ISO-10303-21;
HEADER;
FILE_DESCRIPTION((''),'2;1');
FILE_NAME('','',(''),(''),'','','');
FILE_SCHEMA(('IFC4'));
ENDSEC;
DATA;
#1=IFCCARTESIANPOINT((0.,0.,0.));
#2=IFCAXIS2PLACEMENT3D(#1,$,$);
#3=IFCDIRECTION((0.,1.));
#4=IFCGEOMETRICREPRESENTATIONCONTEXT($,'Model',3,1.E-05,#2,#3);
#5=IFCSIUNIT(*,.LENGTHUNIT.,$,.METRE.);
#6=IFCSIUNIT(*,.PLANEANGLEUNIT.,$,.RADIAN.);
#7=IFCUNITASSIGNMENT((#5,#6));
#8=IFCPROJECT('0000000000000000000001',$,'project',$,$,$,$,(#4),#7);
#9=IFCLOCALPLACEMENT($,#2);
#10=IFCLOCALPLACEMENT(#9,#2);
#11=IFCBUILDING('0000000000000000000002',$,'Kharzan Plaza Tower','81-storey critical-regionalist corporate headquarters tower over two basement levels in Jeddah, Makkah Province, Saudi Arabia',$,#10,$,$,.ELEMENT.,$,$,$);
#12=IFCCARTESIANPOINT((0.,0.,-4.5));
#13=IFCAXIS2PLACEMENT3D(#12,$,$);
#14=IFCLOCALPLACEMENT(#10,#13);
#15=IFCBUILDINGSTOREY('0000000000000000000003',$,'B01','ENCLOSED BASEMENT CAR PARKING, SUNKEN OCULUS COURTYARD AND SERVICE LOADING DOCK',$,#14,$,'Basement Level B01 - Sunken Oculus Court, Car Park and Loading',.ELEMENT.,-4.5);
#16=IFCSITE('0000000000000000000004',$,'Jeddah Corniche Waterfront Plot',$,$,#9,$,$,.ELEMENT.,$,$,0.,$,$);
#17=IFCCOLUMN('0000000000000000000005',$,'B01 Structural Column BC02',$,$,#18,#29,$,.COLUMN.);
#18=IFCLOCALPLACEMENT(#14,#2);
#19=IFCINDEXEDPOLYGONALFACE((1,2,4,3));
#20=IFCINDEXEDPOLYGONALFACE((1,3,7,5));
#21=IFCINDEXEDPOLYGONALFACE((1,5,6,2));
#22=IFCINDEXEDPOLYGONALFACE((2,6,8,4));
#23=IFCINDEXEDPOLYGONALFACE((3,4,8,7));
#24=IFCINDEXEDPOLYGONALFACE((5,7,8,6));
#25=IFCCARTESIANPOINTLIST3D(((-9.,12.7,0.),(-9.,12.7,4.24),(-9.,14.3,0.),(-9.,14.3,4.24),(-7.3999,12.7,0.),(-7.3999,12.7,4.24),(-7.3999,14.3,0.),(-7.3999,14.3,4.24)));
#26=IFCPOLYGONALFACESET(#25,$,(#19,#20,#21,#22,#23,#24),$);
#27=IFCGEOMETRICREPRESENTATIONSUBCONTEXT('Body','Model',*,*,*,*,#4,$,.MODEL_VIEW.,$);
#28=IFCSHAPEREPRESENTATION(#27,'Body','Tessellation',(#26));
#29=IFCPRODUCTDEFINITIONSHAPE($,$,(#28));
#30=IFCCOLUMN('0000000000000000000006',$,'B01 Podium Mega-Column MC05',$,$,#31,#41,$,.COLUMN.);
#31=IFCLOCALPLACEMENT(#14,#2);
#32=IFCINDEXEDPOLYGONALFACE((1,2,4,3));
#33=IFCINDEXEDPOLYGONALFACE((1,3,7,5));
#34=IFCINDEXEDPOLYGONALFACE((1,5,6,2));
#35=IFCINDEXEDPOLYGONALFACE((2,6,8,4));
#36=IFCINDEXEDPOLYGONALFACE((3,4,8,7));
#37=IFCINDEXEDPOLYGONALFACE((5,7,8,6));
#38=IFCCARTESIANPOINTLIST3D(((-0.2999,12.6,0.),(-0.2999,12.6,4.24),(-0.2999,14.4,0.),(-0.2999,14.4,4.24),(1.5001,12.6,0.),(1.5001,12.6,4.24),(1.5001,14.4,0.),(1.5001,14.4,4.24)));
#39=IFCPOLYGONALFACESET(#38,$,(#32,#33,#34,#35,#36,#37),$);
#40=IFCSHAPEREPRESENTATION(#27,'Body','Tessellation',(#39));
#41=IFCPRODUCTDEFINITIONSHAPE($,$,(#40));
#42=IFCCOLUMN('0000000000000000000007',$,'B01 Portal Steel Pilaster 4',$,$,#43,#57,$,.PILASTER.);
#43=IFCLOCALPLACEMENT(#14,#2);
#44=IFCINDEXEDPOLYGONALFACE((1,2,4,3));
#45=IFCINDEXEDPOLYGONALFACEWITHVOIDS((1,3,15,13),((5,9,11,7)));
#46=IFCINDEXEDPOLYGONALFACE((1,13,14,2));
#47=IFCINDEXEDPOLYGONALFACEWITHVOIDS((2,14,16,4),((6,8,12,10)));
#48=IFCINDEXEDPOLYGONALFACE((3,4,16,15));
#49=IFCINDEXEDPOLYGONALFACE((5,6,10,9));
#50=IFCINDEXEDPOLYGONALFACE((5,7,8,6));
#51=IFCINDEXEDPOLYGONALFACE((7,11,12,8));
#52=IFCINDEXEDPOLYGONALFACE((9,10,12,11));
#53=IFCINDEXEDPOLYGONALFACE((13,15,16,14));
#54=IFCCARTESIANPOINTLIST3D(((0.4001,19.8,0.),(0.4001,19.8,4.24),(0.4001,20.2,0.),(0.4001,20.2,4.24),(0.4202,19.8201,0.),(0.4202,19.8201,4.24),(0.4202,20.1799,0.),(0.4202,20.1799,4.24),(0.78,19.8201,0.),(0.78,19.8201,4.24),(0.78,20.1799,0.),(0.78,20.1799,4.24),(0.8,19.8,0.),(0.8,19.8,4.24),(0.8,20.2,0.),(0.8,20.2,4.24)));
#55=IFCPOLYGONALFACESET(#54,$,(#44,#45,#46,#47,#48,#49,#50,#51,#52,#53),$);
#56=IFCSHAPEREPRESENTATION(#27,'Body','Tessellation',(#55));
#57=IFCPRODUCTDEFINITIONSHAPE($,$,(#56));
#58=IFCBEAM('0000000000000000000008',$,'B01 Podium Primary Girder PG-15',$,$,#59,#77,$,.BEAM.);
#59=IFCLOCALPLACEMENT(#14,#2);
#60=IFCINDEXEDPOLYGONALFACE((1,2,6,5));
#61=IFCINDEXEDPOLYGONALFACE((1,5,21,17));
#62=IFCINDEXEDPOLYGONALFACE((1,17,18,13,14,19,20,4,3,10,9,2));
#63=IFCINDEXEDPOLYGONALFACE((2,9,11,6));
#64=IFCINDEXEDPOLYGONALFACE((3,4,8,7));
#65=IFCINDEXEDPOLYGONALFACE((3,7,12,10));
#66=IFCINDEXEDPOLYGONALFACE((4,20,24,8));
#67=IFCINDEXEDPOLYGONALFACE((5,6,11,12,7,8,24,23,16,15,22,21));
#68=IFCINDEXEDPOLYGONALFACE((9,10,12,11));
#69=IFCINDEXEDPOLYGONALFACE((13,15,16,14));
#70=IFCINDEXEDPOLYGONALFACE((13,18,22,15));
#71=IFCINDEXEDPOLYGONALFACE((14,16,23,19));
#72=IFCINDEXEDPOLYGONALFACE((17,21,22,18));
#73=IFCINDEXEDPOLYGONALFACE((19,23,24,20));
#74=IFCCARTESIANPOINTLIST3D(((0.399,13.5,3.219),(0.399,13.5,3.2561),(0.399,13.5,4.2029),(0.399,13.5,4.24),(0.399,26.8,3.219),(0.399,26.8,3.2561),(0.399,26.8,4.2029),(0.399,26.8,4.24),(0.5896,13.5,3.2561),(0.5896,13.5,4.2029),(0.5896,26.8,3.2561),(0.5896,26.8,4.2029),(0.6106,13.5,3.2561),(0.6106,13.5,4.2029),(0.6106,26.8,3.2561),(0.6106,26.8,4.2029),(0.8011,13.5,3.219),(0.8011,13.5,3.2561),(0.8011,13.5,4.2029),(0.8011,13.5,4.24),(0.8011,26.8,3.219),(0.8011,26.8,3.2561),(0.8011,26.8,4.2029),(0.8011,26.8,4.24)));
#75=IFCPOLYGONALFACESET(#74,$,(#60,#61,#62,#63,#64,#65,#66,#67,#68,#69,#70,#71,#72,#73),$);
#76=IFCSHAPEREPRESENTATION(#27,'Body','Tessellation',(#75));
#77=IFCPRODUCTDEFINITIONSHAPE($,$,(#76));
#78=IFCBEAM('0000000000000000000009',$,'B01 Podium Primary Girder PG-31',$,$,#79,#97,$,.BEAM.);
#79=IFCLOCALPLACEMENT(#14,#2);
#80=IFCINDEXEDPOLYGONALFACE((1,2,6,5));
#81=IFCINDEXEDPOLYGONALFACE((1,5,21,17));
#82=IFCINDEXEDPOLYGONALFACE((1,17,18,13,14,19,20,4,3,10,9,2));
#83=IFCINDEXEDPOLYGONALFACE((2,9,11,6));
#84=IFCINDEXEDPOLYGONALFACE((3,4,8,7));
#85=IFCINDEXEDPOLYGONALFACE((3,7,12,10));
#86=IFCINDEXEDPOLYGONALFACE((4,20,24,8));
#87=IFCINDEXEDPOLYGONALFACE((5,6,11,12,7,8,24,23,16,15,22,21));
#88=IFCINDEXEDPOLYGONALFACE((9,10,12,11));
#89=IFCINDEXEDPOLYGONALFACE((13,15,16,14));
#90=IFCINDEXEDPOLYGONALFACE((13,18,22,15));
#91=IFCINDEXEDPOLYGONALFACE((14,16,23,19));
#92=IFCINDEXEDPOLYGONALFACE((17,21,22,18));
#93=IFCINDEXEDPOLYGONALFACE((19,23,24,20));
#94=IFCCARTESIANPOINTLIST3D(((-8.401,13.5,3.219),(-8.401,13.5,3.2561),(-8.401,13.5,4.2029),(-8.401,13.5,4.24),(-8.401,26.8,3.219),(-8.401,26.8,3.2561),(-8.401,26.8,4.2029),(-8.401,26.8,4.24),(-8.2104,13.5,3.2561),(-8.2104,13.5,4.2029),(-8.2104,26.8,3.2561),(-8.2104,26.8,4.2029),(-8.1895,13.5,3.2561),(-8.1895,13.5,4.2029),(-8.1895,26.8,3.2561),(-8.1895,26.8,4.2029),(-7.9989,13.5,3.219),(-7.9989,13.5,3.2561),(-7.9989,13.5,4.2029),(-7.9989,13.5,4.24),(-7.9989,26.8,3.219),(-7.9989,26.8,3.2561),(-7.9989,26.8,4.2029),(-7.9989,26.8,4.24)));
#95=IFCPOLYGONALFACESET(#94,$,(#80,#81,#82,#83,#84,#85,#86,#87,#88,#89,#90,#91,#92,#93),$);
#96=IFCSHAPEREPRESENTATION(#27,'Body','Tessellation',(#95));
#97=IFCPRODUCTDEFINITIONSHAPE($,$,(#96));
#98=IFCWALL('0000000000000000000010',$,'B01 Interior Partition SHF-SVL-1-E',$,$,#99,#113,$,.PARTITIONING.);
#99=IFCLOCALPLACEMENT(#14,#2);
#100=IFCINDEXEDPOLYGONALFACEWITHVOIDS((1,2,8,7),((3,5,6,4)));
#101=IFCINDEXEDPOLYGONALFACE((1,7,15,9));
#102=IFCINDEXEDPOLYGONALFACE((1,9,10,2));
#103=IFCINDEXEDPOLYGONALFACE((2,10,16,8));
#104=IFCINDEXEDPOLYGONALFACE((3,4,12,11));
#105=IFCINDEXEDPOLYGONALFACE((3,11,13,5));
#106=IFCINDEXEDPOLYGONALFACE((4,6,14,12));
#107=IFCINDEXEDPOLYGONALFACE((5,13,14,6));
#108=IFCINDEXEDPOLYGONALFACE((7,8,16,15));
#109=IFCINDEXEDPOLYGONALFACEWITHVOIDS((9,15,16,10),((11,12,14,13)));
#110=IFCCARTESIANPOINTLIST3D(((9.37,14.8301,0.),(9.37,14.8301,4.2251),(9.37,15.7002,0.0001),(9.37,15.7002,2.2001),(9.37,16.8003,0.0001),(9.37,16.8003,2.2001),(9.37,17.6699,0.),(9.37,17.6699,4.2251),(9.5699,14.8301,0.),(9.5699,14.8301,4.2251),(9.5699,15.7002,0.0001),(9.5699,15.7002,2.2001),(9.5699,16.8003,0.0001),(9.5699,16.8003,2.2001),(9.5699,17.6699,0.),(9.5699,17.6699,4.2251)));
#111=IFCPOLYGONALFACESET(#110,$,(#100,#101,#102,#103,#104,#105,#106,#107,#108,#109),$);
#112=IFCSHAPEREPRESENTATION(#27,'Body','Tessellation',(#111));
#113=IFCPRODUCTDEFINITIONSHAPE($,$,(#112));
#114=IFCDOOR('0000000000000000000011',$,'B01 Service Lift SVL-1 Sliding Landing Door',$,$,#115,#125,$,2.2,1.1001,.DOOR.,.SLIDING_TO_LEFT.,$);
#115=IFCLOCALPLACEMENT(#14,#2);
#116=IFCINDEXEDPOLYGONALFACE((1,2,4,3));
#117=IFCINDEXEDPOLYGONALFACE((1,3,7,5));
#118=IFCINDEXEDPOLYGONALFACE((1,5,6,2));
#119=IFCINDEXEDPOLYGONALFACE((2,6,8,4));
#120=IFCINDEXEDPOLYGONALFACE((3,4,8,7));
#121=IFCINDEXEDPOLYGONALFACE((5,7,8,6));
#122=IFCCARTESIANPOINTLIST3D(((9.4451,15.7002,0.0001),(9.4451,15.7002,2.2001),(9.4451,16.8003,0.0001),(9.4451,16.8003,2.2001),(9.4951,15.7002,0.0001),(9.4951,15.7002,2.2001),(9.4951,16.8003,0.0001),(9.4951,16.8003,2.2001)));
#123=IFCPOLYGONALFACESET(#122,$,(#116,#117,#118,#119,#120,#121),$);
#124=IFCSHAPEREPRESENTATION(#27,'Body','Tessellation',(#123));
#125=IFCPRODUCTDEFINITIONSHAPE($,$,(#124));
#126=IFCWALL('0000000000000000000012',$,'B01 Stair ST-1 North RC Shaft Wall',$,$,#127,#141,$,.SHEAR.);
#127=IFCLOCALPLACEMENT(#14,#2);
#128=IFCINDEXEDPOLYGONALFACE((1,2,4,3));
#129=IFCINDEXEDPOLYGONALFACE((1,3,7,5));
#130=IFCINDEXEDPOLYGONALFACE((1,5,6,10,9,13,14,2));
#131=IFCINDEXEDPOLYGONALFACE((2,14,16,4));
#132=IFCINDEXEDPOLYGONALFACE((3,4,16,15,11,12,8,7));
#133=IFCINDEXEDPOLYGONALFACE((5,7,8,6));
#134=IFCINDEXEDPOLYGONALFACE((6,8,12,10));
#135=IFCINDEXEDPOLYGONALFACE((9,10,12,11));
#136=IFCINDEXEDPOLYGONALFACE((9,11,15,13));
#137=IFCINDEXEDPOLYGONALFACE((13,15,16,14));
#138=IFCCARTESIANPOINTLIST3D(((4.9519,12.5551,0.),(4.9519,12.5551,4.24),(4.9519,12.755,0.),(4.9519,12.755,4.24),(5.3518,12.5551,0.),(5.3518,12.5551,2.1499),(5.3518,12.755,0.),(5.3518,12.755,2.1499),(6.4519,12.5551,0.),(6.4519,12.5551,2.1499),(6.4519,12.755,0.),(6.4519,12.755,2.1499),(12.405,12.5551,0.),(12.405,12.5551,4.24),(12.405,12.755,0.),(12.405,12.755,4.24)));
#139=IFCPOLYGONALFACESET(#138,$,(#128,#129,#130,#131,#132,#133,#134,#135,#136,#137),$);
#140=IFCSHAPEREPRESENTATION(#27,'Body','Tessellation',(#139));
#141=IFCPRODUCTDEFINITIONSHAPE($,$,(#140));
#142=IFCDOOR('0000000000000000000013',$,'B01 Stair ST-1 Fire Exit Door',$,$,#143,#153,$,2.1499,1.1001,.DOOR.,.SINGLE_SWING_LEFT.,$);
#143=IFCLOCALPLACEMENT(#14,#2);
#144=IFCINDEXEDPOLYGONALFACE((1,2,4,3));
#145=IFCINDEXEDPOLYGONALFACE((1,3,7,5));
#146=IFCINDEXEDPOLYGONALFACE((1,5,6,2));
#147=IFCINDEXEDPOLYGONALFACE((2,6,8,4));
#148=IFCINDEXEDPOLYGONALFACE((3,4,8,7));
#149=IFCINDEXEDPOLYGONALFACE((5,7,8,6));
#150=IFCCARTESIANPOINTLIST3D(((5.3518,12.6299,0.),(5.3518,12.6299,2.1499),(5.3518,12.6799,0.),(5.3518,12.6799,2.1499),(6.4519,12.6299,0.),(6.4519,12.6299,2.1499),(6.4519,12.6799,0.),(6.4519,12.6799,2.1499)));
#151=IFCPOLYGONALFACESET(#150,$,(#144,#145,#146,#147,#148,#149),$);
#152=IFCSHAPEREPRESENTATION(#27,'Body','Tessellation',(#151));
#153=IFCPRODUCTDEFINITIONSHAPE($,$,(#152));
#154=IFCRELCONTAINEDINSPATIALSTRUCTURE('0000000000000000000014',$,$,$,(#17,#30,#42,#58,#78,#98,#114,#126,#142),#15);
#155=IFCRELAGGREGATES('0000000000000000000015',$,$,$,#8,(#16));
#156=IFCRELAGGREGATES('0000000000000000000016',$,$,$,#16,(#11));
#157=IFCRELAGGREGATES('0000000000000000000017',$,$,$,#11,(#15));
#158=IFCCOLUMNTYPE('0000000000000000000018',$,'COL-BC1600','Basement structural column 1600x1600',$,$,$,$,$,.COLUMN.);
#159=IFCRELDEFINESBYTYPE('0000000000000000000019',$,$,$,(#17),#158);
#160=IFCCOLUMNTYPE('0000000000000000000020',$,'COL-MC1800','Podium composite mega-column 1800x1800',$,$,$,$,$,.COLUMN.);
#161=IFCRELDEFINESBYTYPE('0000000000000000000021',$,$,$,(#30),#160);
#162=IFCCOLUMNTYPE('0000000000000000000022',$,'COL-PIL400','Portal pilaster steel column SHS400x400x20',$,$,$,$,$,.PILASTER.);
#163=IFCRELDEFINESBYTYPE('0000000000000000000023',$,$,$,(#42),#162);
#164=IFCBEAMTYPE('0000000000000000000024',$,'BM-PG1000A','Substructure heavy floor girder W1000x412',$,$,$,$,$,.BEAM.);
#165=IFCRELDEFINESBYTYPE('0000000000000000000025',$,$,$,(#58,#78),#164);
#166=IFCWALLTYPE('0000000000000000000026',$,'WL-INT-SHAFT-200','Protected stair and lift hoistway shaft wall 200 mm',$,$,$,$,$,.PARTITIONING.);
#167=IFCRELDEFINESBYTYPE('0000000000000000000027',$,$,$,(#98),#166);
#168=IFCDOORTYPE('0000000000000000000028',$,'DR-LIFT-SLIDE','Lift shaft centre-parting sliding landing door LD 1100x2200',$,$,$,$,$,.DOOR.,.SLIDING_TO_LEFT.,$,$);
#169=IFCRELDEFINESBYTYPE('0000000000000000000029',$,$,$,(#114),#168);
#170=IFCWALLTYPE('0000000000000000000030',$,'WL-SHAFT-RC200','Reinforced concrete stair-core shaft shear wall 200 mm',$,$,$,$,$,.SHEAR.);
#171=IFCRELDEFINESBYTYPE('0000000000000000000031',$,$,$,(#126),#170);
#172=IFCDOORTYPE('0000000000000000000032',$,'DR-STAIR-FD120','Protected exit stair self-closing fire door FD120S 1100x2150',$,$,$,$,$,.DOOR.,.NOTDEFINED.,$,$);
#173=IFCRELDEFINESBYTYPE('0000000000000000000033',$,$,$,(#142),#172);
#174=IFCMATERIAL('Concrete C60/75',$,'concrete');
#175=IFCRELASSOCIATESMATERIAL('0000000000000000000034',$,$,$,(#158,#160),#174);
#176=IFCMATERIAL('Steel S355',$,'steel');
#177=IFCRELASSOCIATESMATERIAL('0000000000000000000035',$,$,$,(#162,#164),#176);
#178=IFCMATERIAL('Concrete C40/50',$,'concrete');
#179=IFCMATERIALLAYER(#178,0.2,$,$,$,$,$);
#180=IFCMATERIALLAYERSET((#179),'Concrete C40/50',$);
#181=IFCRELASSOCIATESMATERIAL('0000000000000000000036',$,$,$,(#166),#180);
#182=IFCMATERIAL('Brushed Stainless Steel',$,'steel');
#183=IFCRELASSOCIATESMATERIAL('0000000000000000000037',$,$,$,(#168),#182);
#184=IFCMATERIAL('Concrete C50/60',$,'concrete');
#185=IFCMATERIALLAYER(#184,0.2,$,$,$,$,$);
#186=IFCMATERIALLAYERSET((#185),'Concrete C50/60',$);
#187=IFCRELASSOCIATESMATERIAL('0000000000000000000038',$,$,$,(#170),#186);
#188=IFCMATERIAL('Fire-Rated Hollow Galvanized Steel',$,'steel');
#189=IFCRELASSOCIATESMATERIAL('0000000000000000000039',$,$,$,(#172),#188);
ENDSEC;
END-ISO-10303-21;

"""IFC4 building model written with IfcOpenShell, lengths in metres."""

from ifc_helpers import new_model, si_unit, direction, frame, frame_2d, origin, origin_2d, place, context, subcontext, project, spatial, rectangle, hollow_rectangle, i_section, extrude, source, transform, mapped, material, layer, layer_set, material_profile, profile_set, type_object, element, fill, save


model = new_model("IFC4")

# Units and contexts
model_context = context("Model", 3, precision=1e-05, world=origin(), true_north=direction((0.0, 1.0)))
body_context = subcontext(model_context, "Body", "Model", "MODEL_VIEW")
ifc_project = project(units=[si_unit("LENGTHUNIT", "METRE"), si_unit("PLANEANGLEUNIT", "RADIAN")], contexts=[model_context])

# Site, building, storey
site_placement = place(None, origin())
site = spatial("IfcSite", under=ifc_project, at=site_placement, Name="Jeddah Corniche Waterfront Plot", CompositionType="ELEMENT", RefElevation=0.0)
building_placement = place(site_placement, origin())
building = spatial("IfcBuilding", under=site, at=building_placement, Name="Kharzan Plaza Tower", Description="81-storey critical-regionalist corporate headquarters tower over two basement levels in Jeddah, Makkah Province, Saudi Arabia", CompositionType="ELEMENT")
storey_placement = place(building_placement, frame((0.0, 0.0, -4.5)))
storey = spatial("IfcBuildingStorey", under=building, at=storey_placement, Name="B01", Description="ENCLOSED BASEMENT CAR PARKING, SUNKEN OCULUS COURTYARD AND SERVICE LOADING DOCK", LongName="Basement Level B01 - Sunken Oculus Court, Car Park and Loading", CompositionType="ELEMENT", Elevation=-4.5)

# Columns
ifc_material_1 = material(Name="Concrete C60/75", Category="concrete")
ifc_material_profile_1 = material_profile(ifc_material_1, rectangle(XDim=1.6001, YDim=1.6001, at=origin_2d()), Name="RC-MC1600x1600")
ifc_profile_set_1 = profile_set([ifc_material_profile_1], Name="Concrete C60/75")
column_type_1 = type_object("IfcColumnType", Name="COL-BC1600", Description="Basement structural column 1600x1600", PredefinedType="COLUMN", material=ifc_profile_set_1)
shared_shape_1 = source(origin(), body_context, "Body", "SweptSolid", [
    extrude(rectangle(XDim=1.6001, YDim=1.6001, at=origin_2d()), origin(), (0.0, 0.0, 1.0), 4.24),
])
column_1_placement = place(storey_placement, frame((-8.2, 13.5, 0.0), z_axis=(0.0, 0.0, 1.0), x_axis=(1.0, 0.0, 0.0)))
element("IfcColumn", 1, at=column_1_placement, inside=storey, type_object=column_type_1, Name="B01 Structural Column BC02", PredefinedType="COLUMN", context=body_context, shape_type="MappedRepresentation", body=[
    mapped(shared_shape_1, transform((0.0, 0.0, 0.0), x_axis=(1.0, 0.0, 0.0), y_axis=(0.0, 1.0, 0.0), z_axis=(0.0, 0.0, 1.0))),
])
ifc_material_profile_2 = material_profile(ifc_material_1, rectangle(XDim=1.8, YDim=1.8, at=origin_2d()), Name="RC-MC1800x1800")
ifc_profile_set_2 = profile_set([ifc_material_profile_2], Name="Concrete C60/75")
column_type_2 = type_object("IfcColumnType", Name="COL-MC1800", Description="Podium composite mega-column 1800x1800", PredefinedType="COLUMN", material=ifc_profile_set_2)
shared_shape_2 = source(origin(), body_context, "Body", "SweptSolid", [
    extrude(rectangle(XDim=1.8, YDim=1.8, at=origin_2d()), origin(), (0.0, 0.0, 1.0), 4.24),
])
column_2_placement = place(storey_placement, frame((0.6001, 13.5, 0.0), z_axis=(0.0, 0.0, 1.0), x_axis=(1.0, 0.0, 0.0)))
element("IfcColumn", 2, at=column_2_placement, inside=storey, type_object=column_type_2, Name="B01 Podium Mega-Column MC05", PredefinedType="COLUMN", context=body_context, shape_type="MappedRepresentation", body=[
    mapped(shared_shape_2, transform((0.0, 0.0, 0.0), x_axis=(1.0, 0.0, 0.0), y_axis=(0.0, 1.0, 0.0), z_axis=(0.0, 0.0, 1.0))),
])
ifc_material_2 = material(Name="Steel S355", Category="steel")
ifc_material_profile_3 = material_profile(ifc_material_2, hollow_rectangle(XDim=0.3999, YDim=0.3999, WallThickness=0.02, at=origin_2d()), Name="SHS400x400x20")
ifc_profile_set_3 = profile_set([ifc_material_profile_3], Name="Steel S355")
column_type_3 = type_object("IfcColumnType", Name="COL-PIL400", Description="Portal pilaster steel column SHS400x400x20", PredefinedType="PILASTER", material=ifc_profile_set_3)
shared_shape_3 = source(origin(), body_context, "Body", "SweptSolid", [
    extrude(hollow_rectangle(XDim=0.3999, YDim=0.3999, WallThickness=0.02, at=origin_2d()), origin(), (0.0, 0.0, 1.0), 4.24),
])
column_3_placement = place(storey_placement, frame((0.6001, 20.0, 0.0), z_axis=(0.0, 0.0, 1.0), x_axis=(1.0, 0.0, 0.0)))
element("IfcColumn", 3, at=column_3_placement, inside=storey, type_object=column_type_3, Name="B01 Portal Steel Pilaster 4", PredefinedType="PILASTER", context=body_context, shape_type="MappedRepresentation", body=[
    mapped(shared_shape_3, transform((0.0, 0.0, 0.0), x_axis=(1.0, 0.0, 0.0), y_axis=(0.0, 1.0, 0.0), z_axis=(0.0, 0.0, 1.0))),
])

# Beams
ifc_material_profile_4 = material_profile(ifc_material_2, i_section(OverallWidth=0.4021, OverallDepth=1.021, WebThickness=0.021, FlangeThickness=0.0371, at=origin_2d()), Name="W1000x412")
ifc_profile_set_4 = profile_set([ifc_material_profile_4], Name="Steel S355")
beam_type = type_object("IfcBeamType", Name="BM-PG1000A", Description="Substructure heavy floor girder W1000x412", PredefinedType="BEAM", material=ifc_profile_set_4)
shared_shape_4 = source(origin(), body_context, "Body", "SweptSolid", [
    extrude(i_section(OverallWidth=0.4021, OverallDepth=1.021, WebThickness=0.021, FlangeThickness=0.0371, at=origin_2d()), origin(), (0.0, 0.0, 1.0), 13.3),
])
for number, where, z_axis, x_axis, name in (
    (4, (0.6001, 13.5, 3.7295), (0.0, 1.0, 0.0), (-1.0, 0.0, 0.0), "B01 Podium Primary Girder PG-15"),
    (5, (-8.2, 13.5, 3.7295), (0.0, 1.0, 0.0), (-1.0, 0.0, 0.0), "B01 Podium Primary Girder PG-31"),
):
    element("IfcBeam", number, at=place(storey_placement, frame(where, z_axis=z_axis, x_axis=x_axis)), inside=storey, type_object=beam_type, Name=name, PredefinedType="BEAM", context=body_context, shape_type="MappedRepresentation", body=[
        mapped(shared_shape_4, transform((0.0, 0.0, 0.0), x_axis=(1.0, 0.0, 0.0), y_axis=(0.0, 1.0, 0.0), z_axis=(0.0, 0.0, 1.0))),
    ])

# Walls, openings, doors
ifc_material_3 = material(Name="Concrete C40/50", Category="concrete")
ifc_layer_1 = layer(ifc_material_3, 0.2)
ifc_layer_set_1 = layer_set([ifc_layer_1], Name="Concrete C40/50")
wall_type_1 = type_object("IfcWallType", Name="WL-INT-SHAFT-200", Description="Protected stair and lift hoistway shaft wall 200 mm", PredefinedType="PARTITIONING", material=ifc_layer_set_1)
wall_1_placement = place(storey_placement, frame((9.47, 14.8301, 0.0), z_axis=(0.0, 0.0, 1.0), x_axis=(0.0, 1.0, 0.0)))
wall_1 = element("IfcWall", 6, at=wall_1_placement, inside=storey, type_object=wall_type_1, Name="B01 Interior Partition SHF-SVL-1-E", PredefinedType="PARTITIONING", context=body_context, shape_type="SweptSolid", body=[
    extrude(rectangle(XDim=2.8398, YDim=0.2, at=frame_2d((1.4199, 0.0))), origin(), (0.0, 0.0, 1.0), 4.2251),
])
opening_1_placement = place(wall_1_placement, frame((0.8701, 0.0, 0.0)))
opening_1 = element("IfcOpeningElement", 7, at=opening_1_placement, cuts=wall_1, PredefinedType="OPENING", context=body_context, shape_type="SweptSolid", body=[
    extrude(rectangle(XDim=1.1001, YDim=2.2, at=frame_2d((0.55, 1.1001))), frame((0.0, 0.1099, 0.0), z_axis=(0.0, -1.0, 0.0), x_axis=(1.0, 0.0, 0.0)), (0.0, 0.0, 1.0), 0.22),
])
ifc_material_4 = material(Name="Brushed Stainless Steel", Category="steel")
door_type_1 = type_object("IfcDoorType", Name="DR-LIFT-SLIDE", Description="Lift shaft centre-parting sliding landing door LD 1100x2200", OperationType="SLIDING_TO_LEFT", PredefinedType="DOOR", material=ifc_material_4)
shared_shape_5 = source(origin(), body_context, "Body", "SweptSolid", [
    extrude(rectangle(XDim=1.1001, YDim=2.2, at=frame_2d((0.55, 1.1001))), frame((0.0, 0.0249, 0.0), z_axis=(0.0, -1.0, 0.0), x_axis=(1.0, 0.0, 0.0)), (0.0, 0.0, 1.0), 0.05),
])
door_1_placement = place(opening_1_placement, origin())
door_1 = element("IfcDoor", 8, at=door_1_placement, inside=storey, type_object=door_type_1, Name="B01 Service Lift SVL-1 Sliding Landing Door", OperationType="SLIDING_TO_LEFT", OverallHeight=2.2, OverallWidth=1.1001, PredefinedType="DOOR", context=body_context, shape_type="MappedRepresentation", body=[
    mapped(shared_shape_5, transform((0.0, 0.0, 0.0), x_axis=(1.0, 0.0, 0.0), y_axis=(0.0, 1.0, 0.0), z_axis=(0.0, 0.0, 1.0))),
])
fill(opening_1, door_1)
ifc_material_5 = material(Name="Concrete C50/60", Category="concrete")
ifc_layer_2 = layer(ifc_material_5, 0.2)
ifc_layer_set_2 = layer_set([ifc_layer_2], Name="Concrete C50/60")
wall_type_2 = type_object("IfcWallType", Name="WL-SHAFT-RC200", Description="Reinforced concrete stair-core shaft shear wall 200 mm", PredefinedType="SHEAR", material=ifc_layer_set_2)
wall_2_placement = place(storey_placement, frame((4.9519, 12.655, 0.0), z_axis=(0.0, 0.0, 1.0), x_axis=(1.0, 0.0, 0.0)))
wall_2 = element("IfcWall", 9, at=wall_2_placement, inside=storey, type_object=wall_type_2, Name="B01 Stair ST-1 North RC Shaft Wall", PredefinedType="SHEAR", context=body_context, shape_type="SweptSolid", body=[
    extrude(rectangle(XDim=7.4531, YDim=0.2, at=frame_2d((3.7266, 0.0))), origin(), (0.0, 0.0, 1.0), 4.24),
])
opening_2_placement = place(wall_2_placement, frame((0.3999, 0.0, 0.0)))
opening_2 = element("IfcOpeningElement", 10, at=opening_2_placement, cuts=wall_2, PredefinedType="OPENING", context=body_context, shape_type="SweptSolid", body=[
    extrude(rectangle(XDim=1.1001, YDim=2.1499, at=frame_2d((0.55, 1.075))), frame((0.0, 0.1099, 0.0), z_axis=(0.0, -1.0, 0.0), x_axis=(1.0, 0.0, 0.0)), (0.0, 0.0, 1.0), 0.22),
])
ifc_material_6 = material(Name="Fire-Rated Hollow Galvanized Steel", Category="steel")
door_type_2 = type_object("IfcDoorType", Name="DR-STAIR-FD120", Description="Protected exit stair self-closing fire door FD120S 1100x2150", OperationType="NOTDEFINED", PredefinedType="DOOR", material=ifc_material_6)
shared_shape_6 = source(origin(), body_context, "Body", "SweptSolid", [
    extrude(rectangle(XDim=1.1001, YDim=2.1499, at=frame_2d((0.55, 1.075))), frame((0.0, 0.0249, 0.0), z_axis=(0.0, -1.0, 0.0), x_axis=(1.0, 0.0, 0.0)), (0.0, 0.0, 1.0), 0.05),
])
door_2_placement = place(opening_2_placement, origin())
door_2 = element("IfcDoor", 11, at=door_2_placement, inside=storey, type_object=door_type_2, Name="B01 Stair ST-1 Fire Exit Door", OperationType="SINGLE_SWING_LEFT", OverallHeight=2.1499, OverallWidth=1.1001, PredefinedType="DOOR", context=body_context, shape_type="MappedRepresentation", body=[
    mapped(shared_shape_6, transform((0.0, 0.0, 0.0), x_axis=(1.0, 0.0, 0.0), y_axis=(0.0, 1.0, 0.0), z_axis=(0.0, 0.0, 1.0))),
])
fill(opening_2, door_2)

save(model, "model.ifc")
